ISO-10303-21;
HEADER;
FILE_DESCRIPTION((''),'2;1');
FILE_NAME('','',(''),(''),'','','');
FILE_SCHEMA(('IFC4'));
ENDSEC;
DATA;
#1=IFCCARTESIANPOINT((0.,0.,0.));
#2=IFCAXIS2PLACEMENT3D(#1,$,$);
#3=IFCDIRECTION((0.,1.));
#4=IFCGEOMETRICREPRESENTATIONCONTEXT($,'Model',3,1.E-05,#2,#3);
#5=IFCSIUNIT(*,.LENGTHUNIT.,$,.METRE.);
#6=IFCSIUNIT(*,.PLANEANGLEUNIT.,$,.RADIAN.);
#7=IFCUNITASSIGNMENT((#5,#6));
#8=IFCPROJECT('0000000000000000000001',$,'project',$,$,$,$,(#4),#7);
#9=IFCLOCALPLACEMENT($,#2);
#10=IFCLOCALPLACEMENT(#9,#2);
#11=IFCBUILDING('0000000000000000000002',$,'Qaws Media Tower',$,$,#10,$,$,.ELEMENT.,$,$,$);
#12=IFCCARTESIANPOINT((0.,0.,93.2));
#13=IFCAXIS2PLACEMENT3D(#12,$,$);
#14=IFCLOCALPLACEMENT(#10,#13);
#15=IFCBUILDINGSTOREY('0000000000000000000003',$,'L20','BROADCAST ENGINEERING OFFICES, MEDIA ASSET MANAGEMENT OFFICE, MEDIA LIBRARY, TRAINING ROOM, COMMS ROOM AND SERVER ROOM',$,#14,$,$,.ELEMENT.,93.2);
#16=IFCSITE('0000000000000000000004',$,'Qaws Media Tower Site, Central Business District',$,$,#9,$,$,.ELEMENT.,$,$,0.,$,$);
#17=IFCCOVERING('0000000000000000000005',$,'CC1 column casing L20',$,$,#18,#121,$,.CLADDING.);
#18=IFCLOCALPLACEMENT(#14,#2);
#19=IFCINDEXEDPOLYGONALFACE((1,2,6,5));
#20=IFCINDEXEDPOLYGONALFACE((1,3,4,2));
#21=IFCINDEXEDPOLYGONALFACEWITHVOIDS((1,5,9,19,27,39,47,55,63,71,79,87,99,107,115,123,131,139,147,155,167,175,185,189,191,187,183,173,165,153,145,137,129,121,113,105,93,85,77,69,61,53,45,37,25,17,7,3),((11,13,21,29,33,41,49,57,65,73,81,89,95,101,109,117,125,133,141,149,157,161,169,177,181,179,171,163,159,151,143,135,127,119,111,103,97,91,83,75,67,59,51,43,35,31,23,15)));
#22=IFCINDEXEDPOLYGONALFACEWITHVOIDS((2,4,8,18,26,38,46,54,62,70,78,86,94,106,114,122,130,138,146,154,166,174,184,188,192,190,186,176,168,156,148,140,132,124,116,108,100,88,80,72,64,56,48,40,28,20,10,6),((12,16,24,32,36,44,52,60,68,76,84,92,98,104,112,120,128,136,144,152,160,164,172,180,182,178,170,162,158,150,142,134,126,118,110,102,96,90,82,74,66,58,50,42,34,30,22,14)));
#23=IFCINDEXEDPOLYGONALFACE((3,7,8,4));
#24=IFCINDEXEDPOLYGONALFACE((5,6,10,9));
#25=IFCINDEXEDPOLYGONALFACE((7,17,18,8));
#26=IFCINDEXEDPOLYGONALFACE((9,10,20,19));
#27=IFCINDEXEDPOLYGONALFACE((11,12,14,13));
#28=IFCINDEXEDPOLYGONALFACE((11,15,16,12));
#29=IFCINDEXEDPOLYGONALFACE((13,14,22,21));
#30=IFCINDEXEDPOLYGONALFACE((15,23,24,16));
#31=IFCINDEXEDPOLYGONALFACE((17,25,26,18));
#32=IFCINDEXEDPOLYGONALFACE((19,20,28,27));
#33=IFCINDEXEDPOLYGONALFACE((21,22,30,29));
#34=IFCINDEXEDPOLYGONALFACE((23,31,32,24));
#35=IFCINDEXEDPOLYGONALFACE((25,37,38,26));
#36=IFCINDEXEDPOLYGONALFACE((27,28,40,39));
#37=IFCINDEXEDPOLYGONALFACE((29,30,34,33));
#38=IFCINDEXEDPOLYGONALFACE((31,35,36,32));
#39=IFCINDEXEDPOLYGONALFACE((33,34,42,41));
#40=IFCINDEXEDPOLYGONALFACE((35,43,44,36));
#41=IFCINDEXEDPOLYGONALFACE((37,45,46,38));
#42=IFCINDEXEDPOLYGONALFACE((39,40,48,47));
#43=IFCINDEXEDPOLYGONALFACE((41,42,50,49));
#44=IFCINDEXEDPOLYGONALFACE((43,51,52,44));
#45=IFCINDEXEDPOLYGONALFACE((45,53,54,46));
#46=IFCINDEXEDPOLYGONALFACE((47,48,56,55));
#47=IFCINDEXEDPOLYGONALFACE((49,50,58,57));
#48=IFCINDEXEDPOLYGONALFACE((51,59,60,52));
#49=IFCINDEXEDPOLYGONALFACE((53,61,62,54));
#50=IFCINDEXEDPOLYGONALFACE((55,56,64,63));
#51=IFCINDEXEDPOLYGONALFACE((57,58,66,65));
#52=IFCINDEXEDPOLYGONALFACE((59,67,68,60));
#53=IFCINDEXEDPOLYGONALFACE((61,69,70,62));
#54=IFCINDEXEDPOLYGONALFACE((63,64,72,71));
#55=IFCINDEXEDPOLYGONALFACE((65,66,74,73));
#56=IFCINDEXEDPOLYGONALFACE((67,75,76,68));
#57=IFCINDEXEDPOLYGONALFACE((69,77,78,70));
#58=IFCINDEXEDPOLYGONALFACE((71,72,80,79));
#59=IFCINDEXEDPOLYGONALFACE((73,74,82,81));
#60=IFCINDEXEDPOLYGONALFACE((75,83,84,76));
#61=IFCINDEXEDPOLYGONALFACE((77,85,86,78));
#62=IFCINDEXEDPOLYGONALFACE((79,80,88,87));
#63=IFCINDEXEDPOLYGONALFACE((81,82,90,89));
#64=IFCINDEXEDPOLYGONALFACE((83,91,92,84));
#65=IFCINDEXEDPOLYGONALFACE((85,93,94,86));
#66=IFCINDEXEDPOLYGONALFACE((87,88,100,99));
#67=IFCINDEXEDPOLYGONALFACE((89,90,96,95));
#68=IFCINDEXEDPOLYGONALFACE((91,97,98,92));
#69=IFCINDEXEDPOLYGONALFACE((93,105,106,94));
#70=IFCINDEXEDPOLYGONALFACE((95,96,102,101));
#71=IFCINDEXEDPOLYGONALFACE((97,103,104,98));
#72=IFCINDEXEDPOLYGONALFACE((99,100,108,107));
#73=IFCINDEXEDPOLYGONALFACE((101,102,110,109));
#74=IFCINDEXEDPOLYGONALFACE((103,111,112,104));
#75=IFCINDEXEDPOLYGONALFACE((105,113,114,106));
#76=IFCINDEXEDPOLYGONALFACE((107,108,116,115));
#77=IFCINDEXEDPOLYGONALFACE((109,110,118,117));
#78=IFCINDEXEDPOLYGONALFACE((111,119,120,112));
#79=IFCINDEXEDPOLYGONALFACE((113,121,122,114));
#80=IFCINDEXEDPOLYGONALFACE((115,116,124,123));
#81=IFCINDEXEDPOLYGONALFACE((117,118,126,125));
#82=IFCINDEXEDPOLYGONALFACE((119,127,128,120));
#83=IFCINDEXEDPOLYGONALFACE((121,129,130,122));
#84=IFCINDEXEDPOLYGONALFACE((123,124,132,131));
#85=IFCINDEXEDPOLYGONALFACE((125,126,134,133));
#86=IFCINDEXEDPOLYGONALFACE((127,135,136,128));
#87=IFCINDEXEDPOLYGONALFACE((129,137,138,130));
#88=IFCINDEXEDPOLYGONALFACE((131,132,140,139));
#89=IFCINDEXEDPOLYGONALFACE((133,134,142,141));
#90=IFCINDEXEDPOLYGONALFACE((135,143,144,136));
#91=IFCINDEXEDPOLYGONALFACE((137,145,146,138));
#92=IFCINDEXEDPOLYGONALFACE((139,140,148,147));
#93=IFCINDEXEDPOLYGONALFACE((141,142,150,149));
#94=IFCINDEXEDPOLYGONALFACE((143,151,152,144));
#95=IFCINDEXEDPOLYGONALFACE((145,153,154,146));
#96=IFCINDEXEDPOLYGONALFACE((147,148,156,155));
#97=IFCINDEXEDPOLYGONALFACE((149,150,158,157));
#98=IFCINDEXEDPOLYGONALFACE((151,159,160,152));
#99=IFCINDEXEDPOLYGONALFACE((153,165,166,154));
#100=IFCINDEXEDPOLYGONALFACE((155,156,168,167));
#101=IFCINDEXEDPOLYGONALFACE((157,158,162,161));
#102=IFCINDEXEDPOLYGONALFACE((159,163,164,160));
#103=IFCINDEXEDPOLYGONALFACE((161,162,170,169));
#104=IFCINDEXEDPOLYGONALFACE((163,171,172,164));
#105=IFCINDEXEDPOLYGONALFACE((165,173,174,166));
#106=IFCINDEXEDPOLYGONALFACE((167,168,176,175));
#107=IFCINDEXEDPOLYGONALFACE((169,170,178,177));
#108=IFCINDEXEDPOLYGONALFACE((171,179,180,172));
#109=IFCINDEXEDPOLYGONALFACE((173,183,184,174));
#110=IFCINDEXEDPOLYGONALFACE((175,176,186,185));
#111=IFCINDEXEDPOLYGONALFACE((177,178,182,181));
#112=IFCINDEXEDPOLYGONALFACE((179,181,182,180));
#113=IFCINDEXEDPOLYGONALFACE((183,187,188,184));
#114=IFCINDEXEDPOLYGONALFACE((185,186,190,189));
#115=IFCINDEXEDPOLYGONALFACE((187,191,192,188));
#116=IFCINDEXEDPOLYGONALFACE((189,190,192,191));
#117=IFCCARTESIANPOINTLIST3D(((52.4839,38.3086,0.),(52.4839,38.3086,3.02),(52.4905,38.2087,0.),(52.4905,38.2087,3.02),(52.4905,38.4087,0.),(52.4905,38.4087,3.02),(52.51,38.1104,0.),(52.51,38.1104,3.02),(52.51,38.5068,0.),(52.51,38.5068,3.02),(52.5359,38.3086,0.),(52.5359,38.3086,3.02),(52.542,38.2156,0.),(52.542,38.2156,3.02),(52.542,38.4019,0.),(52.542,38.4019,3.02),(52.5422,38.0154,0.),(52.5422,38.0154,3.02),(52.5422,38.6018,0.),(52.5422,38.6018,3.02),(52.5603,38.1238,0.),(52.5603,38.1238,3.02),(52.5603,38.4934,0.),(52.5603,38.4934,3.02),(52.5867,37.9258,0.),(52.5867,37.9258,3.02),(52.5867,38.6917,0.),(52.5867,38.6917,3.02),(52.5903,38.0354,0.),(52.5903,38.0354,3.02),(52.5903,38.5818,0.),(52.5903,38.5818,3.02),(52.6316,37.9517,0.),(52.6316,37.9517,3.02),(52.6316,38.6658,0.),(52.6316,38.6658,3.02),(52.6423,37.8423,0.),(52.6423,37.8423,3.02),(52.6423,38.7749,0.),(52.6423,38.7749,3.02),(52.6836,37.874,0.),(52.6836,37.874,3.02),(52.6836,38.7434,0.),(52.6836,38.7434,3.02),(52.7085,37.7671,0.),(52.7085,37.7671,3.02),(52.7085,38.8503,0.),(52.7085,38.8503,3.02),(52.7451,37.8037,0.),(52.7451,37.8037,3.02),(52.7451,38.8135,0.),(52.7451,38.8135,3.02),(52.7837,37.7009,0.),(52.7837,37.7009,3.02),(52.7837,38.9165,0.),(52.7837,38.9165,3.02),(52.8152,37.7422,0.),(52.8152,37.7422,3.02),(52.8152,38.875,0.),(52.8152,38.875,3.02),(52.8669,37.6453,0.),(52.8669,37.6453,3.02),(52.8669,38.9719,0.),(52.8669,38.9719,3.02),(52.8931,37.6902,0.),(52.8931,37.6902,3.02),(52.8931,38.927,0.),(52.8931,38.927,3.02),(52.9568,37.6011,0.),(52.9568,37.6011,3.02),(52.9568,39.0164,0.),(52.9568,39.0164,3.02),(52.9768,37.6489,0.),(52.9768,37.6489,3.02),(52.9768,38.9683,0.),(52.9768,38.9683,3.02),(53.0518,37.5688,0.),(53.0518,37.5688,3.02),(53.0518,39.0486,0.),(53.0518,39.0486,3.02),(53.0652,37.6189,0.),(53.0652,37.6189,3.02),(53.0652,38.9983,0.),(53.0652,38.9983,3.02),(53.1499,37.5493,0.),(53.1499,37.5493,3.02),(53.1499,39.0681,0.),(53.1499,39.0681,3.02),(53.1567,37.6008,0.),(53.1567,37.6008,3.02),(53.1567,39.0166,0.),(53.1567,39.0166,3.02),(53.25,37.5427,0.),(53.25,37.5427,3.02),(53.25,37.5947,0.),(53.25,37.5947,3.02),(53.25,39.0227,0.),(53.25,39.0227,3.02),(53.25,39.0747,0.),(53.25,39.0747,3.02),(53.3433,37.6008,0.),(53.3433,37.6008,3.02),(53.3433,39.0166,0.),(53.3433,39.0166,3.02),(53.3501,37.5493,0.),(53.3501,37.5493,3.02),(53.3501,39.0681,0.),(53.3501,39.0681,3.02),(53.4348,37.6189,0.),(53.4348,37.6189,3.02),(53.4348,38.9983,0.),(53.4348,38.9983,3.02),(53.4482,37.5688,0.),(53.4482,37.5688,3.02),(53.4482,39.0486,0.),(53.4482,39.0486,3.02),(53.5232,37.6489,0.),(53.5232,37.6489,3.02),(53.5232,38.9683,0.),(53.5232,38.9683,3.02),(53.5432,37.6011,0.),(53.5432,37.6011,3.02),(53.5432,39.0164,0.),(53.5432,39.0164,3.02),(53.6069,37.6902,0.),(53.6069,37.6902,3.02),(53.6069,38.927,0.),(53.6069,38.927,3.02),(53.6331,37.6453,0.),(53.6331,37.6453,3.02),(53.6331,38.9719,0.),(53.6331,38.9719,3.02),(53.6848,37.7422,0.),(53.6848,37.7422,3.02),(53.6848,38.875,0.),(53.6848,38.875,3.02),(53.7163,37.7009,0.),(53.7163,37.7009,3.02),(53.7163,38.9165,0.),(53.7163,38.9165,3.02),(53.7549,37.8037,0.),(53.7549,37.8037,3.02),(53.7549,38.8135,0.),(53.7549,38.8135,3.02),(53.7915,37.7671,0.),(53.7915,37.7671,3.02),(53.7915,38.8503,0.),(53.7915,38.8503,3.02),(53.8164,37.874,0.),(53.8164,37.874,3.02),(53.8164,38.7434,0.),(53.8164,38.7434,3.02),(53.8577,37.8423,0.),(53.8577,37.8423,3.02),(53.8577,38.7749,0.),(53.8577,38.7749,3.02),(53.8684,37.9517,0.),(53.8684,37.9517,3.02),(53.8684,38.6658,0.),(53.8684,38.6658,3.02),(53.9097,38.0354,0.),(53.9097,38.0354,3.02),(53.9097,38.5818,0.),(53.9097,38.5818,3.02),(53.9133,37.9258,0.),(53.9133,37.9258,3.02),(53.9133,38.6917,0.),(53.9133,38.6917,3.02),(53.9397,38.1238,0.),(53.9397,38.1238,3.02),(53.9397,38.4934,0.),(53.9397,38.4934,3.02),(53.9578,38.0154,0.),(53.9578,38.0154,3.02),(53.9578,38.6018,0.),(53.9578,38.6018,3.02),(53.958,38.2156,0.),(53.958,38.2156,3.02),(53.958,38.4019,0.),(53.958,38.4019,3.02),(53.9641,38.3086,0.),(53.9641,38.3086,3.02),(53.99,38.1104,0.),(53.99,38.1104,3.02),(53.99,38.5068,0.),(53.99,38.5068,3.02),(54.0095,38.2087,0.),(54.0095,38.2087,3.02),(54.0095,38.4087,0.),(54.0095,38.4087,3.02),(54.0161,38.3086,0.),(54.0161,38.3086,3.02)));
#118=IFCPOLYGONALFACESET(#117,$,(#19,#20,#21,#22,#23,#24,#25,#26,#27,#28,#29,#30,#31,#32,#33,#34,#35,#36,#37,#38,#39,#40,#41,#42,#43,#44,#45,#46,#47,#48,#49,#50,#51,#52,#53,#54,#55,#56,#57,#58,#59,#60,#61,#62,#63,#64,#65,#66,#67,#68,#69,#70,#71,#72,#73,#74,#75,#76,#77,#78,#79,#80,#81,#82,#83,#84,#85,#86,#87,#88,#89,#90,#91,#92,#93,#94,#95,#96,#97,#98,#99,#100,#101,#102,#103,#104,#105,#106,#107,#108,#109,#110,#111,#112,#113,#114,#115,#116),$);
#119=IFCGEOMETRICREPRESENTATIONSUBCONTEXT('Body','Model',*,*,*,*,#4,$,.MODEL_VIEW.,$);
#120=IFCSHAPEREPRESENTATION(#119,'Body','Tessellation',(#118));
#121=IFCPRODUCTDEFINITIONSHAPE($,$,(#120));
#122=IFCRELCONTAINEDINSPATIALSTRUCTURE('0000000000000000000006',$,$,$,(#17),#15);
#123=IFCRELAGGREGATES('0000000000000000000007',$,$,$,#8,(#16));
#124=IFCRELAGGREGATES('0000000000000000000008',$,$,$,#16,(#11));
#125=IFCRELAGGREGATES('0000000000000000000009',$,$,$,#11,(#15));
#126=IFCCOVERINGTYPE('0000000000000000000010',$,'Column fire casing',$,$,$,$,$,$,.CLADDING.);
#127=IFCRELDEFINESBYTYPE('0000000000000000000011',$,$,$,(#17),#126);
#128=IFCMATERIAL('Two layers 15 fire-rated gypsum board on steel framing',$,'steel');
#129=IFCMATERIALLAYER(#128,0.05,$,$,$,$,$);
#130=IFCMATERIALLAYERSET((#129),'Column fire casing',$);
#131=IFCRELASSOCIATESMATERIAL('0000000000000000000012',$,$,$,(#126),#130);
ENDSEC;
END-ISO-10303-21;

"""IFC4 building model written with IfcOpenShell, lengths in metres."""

from ifc_helpers import new_model, si_unit, direction, frame, origin, place, context, subcontext, project, spatial, polyline, outline, extrude, material, layer, layer_set, type_object, element, save


model = new_model("IFC4")

# Units and contexts
model_context = context("Model", 3, precision=1e-05, world=origin(), true_north=direction((0.0, 1.0)))
body_context = subcontext(model_context, "Body", "Model", "MODEL_VIEW")
ifc_project = project(units=[si_unit("LENGTHUNIT", "METRE"), si_unit("PLANEANGLEUNIT", "RADIAN")], contexts=[model_context])

# Site, building, storey
site_placement = place(None, origin())
site = spatial("IfcSite", under=ifc_project, at=site_placement, Name="Qaws Media Tower Site, Central Business District", CompositionType="ELEMENT", RefElevation=0.0)
building_placement = place(site_placement, origin())
building = spatial("IfcBuilding", under=site, at=building_placement, Name="Qaws Media Tower", CompositionType="ELEMENT")
storey_placement = place(building_placement, frame((0.0, 0.0, 93.2)))
storey = spatial("IfcBuildingStorey", under=building, at=storey_placement, Name="L20", Description="BROADCAST ENGINEERING OFFICES, MEDIA ASSET MANAGEMENT OFFICE, MEDIA LIBRARY, TRAINING ROOM, COMMS ROOM AND SERVER ROOM", CompositionType="ELEMENT", Elevation=93.2)

# Covering
ifc_material_1 = material(Name="Two layers 15 fire-rated gypsum board on steel framing", Category="steel")
ifc_layer_1 = layer(ifc_material_1, 0.05)
ifc_layer_set_1 = layer_set([ifc_layer_1], Name="Column fire casing")
covering_type_1 = type_object("IfcCoveringType", Name="Column fire casing", PredefinedType="CLADDING", material=ifc_layer_set_1)
covering_1_placement = place(storey_placement, origin())
element("IfcCovering", 1, at=covering_1_placement, inside=storey, type_object=covering_type_1, Name="CC1 column casing L20", PredefinedType="CLADDING", context=body_context, shape_type="SweptSolid", body=[
    extrude(outline(polyline([(54.0161, 38.3086), (54.0095, 38.2087), (53.99, 38.1104), (53.9578, 38.0154), (53.9133, 37.9258), (53.8577, 37.8423), (53.7915, 37.7671), (53.7163, 37.7009), (53.6331, 37.6453), (53.5432, 37.6011), (53.4482, 37.5688), (53.3501, 37.5493), (53.25, 37.5427), (53.1499, 37.5493), (53.0518, 37.5688), (52.9568, 37.6011), (52.8669, 37.6453), (52.7837, 37.7009), (52.7085, 37.7671), (52.6423, 37.8423), (52.5867, 37.9258), (52.5422, 38.0154), (52.51, 38.1104), (52.4905, 38.2087), (52.4839, 38.3086), (52.4905, 38.4087), (52.51, 38.5068), (52.5422, 38.6018), (52.5867, 38.6917), (52.6423, 38.7749), (52.7085, 38.8503), (52.7837, 38.9165), (52.8669, 38.9719), (52.9568, 39.0164), (53.0518, 39.0486), (53.1499, 39.0681), (53.25, 39.0747), (53.3501, 39.0681), (53.4482, 39.0486), (53.5432, 39.0164), (53.6331, 38.9719), (53.7163, 38.9165), (53.7915, 38.8503), (53.8577, 38.7749), (53.9133, 38.6917), (53.9578, 38.6018), (53.99, 38.5068), (54.0095, 38.4087), (54.0161, 38.3086)]), holes=[polyline([(53.9641, 38.3086), (53.958, 38.2156), (53.9397, 38.1238), (53.9097, 38.0354), (53.8684, 37.9517), (53.8164, 37.874), (53.7549, 37.8037), (53.6848, 37.7422), (53.6069, 37.6902), (53.5232, 37.6489), (53.4348, 37.6189), (53.3433, 37.6008), (53.25, 37.5947), (53.1567, 37.6008), (53.0652, 37.6189), (52.9768, 37.6489), (52.8931, 37.6902), (52.8152, 37.7422), (52.7451, 37.8037), (52.6836, 37.874), (52.6316, 37.9517), (52.5903, 38.0354), (52.5603, 38.1238), (52.542, 38.2156), (52.5359, 38.3086), (52.542, 38.4019), (52.5603, 38.4934), (52.5903, 38.5818), (52.6316, 38.6658), (52.6836, 38.7434), (52.7451, 38.8135), (52.8152, 38.875), (52.8931, 38.927), (52.9768, 38.9683), (53.0652, 38.9983), (53.1567, 39.0166), (53.25, 39.0227), (53.3433, 39.0166), (53.4348, 38.9983), (53.5232, 38.9683), (53.6069, 38.927), (53.6848, 38.875), (53.7549, 38.8135), (53.8164, 38.7434), (53.8684, 38.6658), (53.9097, 38.5818), (53.9397, 38.4934), (53.958, 38.4019), (53.9641, 38.3086)])]), origin(), (0.0, 0.0, 1.0), 3.02),
])

save(model, "model.ifc")
